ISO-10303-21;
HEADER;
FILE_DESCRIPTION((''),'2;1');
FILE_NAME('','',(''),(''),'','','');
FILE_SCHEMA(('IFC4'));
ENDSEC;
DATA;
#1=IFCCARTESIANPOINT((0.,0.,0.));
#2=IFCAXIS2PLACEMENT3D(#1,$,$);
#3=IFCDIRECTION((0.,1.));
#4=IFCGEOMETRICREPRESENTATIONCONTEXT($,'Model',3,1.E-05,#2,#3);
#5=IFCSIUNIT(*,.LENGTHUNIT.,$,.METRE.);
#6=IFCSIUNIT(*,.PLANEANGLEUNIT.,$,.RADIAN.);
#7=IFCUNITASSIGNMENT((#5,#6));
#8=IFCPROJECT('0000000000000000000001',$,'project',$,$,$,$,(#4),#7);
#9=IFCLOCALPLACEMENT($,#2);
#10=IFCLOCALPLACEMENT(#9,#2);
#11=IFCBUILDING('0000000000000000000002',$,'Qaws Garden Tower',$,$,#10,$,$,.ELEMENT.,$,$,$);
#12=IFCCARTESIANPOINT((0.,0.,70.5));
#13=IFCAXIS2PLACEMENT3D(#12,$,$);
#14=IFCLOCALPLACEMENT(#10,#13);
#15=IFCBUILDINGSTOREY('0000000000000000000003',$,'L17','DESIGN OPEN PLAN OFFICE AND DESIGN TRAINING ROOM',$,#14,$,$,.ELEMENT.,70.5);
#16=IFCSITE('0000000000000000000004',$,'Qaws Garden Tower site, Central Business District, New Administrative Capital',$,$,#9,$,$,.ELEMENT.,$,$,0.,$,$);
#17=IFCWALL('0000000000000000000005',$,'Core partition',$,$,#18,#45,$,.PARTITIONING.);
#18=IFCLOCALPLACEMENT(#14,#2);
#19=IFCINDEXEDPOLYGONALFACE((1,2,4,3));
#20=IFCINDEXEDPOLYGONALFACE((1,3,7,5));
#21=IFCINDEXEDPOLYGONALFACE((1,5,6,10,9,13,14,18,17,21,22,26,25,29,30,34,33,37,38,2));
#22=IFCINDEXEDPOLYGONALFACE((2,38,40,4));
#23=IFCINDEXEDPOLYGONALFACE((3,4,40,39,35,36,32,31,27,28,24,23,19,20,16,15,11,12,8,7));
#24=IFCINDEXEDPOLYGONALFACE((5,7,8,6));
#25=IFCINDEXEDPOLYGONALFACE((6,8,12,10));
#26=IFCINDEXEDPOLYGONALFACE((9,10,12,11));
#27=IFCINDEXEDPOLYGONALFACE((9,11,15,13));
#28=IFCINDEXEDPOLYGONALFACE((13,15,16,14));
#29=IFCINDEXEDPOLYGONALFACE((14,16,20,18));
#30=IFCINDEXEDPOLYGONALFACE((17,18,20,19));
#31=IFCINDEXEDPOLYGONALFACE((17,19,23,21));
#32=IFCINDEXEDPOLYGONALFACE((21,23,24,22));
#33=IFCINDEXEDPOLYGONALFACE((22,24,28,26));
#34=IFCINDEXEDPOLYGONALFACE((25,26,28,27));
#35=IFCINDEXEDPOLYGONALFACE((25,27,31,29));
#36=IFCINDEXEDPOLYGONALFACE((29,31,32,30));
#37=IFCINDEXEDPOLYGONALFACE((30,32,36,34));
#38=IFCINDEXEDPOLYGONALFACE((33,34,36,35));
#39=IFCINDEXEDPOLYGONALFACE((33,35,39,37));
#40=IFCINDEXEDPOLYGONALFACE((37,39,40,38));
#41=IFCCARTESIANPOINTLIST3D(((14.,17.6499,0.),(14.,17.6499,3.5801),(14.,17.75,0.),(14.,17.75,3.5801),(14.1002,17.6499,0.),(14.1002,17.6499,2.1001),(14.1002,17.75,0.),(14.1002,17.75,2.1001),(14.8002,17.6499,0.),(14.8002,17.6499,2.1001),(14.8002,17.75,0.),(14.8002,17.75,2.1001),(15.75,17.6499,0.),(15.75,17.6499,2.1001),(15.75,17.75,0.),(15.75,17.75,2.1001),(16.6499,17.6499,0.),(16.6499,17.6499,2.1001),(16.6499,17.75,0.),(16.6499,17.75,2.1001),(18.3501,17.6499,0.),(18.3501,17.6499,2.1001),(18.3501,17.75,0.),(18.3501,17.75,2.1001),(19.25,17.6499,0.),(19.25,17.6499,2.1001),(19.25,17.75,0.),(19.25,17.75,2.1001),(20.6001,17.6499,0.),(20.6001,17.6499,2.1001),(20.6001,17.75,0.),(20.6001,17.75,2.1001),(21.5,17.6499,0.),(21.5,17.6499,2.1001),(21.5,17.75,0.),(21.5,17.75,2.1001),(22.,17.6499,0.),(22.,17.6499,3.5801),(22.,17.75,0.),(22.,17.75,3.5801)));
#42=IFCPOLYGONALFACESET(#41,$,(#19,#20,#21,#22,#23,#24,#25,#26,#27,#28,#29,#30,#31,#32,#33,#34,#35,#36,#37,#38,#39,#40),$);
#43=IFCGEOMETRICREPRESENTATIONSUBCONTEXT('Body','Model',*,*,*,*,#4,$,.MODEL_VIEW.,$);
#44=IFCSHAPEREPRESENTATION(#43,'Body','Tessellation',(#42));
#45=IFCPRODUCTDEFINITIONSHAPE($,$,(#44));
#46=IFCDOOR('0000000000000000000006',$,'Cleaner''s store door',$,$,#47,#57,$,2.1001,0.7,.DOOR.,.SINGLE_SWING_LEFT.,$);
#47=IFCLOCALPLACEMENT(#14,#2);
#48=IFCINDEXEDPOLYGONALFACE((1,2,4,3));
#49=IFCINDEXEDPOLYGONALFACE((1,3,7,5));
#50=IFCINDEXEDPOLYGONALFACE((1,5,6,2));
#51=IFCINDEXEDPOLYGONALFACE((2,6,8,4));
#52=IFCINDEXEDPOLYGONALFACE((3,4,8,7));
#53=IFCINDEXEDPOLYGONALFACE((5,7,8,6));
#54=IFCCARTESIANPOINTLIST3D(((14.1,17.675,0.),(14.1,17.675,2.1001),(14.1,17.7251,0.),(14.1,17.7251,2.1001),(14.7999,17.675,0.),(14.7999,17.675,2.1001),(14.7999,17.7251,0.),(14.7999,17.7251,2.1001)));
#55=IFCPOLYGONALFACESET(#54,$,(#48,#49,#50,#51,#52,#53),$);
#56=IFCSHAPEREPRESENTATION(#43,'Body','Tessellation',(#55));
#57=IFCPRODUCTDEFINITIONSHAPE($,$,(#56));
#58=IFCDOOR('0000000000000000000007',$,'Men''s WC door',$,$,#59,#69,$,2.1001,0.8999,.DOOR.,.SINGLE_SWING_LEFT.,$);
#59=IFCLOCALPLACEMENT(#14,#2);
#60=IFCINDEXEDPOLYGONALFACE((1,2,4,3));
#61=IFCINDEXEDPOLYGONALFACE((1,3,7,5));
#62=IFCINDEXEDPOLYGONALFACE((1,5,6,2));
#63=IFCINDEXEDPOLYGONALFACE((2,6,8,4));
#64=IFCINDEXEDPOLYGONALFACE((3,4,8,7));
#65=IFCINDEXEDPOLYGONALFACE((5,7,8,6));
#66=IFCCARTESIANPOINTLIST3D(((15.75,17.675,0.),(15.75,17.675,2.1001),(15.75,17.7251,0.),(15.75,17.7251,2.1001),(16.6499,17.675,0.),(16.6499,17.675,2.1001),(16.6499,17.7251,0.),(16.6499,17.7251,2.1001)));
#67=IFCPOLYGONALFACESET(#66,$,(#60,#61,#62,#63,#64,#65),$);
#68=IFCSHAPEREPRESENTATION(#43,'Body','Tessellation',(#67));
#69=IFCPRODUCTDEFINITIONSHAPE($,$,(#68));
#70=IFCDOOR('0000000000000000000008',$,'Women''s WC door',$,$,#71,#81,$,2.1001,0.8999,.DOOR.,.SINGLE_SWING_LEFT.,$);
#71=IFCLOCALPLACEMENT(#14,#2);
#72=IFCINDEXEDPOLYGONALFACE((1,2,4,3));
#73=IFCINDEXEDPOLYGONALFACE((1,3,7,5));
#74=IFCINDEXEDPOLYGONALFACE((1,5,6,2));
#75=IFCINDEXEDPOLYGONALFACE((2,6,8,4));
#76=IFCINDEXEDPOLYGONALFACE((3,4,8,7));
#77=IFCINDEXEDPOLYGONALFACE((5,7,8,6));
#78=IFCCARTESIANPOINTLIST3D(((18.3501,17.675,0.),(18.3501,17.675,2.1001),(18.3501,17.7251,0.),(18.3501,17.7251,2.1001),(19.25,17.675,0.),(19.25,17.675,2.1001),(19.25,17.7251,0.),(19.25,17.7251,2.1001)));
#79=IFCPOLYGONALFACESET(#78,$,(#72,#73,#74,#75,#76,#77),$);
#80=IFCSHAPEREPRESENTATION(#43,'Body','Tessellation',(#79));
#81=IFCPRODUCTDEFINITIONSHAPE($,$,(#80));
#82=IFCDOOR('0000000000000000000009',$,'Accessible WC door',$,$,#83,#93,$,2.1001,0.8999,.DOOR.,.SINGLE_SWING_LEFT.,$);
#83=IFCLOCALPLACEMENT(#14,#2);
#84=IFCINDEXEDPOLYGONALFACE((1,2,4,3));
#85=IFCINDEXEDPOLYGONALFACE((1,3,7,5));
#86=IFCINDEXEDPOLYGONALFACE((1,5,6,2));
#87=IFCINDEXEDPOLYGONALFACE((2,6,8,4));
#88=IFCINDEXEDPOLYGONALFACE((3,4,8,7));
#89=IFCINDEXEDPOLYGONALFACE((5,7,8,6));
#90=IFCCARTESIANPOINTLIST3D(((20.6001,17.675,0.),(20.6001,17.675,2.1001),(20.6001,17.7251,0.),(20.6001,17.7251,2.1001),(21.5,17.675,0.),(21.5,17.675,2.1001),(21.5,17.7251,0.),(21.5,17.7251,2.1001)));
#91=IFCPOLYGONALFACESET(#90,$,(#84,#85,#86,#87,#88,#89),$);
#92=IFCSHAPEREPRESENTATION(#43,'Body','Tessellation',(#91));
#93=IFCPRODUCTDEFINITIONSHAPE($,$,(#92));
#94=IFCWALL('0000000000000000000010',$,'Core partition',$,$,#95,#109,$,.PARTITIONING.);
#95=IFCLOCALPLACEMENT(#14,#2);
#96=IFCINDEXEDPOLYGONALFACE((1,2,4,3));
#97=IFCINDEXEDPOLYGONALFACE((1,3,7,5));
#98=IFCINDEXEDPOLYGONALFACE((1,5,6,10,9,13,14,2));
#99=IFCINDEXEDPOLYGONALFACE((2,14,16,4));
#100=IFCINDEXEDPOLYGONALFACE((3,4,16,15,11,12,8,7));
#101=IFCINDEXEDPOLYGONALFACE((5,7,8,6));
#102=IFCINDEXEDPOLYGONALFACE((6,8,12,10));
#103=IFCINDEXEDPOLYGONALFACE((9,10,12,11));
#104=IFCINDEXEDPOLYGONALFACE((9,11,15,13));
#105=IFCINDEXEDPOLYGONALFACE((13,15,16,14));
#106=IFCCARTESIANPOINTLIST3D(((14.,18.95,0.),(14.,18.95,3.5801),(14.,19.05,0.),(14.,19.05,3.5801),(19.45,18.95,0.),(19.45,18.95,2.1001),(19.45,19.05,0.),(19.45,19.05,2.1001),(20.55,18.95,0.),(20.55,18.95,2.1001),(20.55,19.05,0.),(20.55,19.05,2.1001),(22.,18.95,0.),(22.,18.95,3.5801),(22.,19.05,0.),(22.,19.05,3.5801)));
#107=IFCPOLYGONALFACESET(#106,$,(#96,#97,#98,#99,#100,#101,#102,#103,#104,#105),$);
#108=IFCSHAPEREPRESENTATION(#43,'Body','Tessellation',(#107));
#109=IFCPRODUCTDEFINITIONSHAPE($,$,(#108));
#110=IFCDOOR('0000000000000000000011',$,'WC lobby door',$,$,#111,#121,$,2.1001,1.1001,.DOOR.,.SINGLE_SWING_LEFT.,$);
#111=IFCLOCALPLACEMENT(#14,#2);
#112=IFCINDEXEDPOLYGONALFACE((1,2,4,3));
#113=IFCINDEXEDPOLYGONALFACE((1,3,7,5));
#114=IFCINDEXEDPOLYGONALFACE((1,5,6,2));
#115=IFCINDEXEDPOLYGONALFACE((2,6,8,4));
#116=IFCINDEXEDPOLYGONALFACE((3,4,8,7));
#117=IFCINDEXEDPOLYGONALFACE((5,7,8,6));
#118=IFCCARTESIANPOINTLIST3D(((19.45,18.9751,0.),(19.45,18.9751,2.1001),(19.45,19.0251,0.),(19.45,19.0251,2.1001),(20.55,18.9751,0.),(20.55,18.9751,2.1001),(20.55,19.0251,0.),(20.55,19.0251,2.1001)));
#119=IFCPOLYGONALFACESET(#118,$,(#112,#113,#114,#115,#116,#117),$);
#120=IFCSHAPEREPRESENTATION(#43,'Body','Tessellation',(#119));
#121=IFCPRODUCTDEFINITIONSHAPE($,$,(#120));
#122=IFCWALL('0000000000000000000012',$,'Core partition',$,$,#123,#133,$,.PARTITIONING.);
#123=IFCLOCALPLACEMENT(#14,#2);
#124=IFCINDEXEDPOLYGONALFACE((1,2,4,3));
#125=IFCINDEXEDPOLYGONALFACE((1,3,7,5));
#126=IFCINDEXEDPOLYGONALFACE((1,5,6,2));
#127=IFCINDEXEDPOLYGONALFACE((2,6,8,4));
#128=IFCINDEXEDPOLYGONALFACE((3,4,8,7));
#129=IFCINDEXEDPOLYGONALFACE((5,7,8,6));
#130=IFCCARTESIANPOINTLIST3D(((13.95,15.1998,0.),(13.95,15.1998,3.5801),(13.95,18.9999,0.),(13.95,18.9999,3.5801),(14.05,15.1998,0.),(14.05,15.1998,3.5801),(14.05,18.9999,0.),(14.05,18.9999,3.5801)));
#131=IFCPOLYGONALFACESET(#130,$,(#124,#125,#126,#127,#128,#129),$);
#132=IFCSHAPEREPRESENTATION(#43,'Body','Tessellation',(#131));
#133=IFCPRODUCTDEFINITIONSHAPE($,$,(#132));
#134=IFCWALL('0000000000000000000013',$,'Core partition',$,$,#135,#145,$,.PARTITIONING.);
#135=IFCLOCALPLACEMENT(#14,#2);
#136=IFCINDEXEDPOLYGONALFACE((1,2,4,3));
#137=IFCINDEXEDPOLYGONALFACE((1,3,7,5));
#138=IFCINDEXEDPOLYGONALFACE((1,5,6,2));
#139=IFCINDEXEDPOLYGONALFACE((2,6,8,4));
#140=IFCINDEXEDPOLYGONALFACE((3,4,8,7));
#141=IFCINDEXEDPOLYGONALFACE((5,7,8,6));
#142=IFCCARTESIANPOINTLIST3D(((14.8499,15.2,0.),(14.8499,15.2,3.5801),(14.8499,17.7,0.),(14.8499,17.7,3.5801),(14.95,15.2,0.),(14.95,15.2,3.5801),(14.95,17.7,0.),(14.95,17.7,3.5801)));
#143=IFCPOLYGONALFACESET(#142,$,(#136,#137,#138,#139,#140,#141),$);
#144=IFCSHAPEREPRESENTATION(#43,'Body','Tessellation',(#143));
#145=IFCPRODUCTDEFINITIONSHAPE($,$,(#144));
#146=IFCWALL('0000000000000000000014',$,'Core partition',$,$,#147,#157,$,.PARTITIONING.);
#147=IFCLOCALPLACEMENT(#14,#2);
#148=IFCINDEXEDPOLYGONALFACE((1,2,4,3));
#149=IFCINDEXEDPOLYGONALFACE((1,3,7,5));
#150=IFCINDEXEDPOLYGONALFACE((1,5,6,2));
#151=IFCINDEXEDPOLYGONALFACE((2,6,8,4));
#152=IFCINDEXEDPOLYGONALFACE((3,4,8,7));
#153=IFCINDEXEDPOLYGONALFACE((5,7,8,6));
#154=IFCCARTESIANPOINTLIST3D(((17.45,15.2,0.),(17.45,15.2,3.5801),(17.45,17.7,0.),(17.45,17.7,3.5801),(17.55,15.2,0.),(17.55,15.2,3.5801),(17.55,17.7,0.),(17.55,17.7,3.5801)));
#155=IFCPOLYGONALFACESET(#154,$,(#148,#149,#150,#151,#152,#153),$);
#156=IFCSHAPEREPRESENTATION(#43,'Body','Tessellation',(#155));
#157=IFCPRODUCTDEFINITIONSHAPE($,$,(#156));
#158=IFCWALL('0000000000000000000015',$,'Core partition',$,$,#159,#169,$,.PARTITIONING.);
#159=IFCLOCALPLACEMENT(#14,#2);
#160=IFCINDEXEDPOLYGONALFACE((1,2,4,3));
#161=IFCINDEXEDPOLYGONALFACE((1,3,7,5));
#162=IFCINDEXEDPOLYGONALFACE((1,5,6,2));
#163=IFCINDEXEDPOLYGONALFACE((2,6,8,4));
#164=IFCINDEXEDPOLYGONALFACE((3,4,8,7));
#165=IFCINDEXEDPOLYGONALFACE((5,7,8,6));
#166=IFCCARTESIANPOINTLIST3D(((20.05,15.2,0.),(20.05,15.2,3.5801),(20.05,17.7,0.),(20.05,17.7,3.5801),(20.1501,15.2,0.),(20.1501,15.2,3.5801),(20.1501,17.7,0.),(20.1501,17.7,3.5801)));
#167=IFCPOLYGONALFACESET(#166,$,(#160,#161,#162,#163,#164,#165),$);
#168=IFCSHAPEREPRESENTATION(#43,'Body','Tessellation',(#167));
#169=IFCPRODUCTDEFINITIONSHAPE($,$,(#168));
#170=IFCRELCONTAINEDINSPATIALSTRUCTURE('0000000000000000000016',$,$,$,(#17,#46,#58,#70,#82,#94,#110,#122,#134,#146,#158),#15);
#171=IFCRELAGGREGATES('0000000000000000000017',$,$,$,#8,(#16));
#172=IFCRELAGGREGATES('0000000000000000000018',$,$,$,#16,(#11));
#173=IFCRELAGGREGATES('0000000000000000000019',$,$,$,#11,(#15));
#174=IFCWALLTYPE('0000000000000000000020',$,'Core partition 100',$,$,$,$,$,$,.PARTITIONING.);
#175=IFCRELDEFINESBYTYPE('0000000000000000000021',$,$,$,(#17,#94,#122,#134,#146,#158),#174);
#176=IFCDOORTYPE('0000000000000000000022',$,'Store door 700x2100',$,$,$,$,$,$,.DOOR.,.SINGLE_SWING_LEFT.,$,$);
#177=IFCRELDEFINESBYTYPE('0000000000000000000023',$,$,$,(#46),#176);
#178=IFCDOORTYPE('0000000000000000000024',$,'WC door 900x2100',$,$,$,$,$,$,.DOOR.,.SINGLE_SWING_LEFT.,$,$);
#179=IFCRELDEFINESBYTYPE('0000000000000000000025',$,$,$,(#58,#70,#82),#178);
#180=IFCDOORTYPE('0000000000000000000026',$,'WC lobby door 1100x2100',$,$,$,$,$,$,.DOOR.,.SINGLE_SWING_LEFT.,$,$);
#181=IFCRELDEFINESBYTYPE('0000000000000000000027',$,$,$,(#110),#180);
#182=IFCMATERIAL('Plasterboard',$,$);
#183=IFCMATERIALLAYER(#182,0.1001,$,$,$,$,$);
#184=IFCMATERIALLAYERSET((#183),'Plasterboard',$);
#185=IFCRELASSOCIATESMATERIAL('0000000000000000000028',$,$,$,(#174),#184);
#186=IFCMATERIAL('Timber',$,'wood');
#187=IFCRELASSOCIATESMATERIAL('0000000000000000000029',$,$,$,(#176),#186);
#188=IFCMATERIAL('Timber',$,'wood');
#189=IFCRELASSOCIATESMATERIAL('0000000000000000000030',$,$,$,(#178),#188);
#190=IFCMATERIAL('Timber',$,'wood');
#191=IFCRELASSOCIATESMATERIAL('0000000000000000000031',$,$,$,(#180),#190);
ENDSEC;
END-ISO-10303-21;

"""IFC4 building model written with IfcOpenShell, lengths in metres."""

from ifc_helpers import new_model, si_unit, direction, frame, frame_2d, origin, place, context, subcontext, project, spatial, rectangle, extrude, material, layer, layer_set, type_object, element, fill, save


model = new_model("IFC4")

# Units and contexts
model_context = context("Model", 3, precision=1e-05, world=origin(), true_north=direction((0.0, 1.0)))
body_context = subcontext(model_context, "Body", "Model", "MODEL_VIEW")
ifc_project = project(units=[si_unit("LENGTHUNIT", "METRE"), si_unit("PLANEANGLEUNIT", "RADIAN")], contexts=[model_context])

# Site, building, storey
site_placement = place(None, origin())
site = spatial("IfcSite", under=ifc_project, at=site_placement, Name="Qaws Garden Tower site, Central Business District, New Administrative Capital", CompositionType="ELEMENT", RefElevation=0.0)
building_placement = place(site_placement, origin())
building = spatial("IfcBuilding", under=site, at=building_placement, Name="Qaws Garden Tower", CompositionType="ELEMENT")
storey_placement = place(building_placement, frame((0.0, 0.0, 70.5)))
storey = spatial("IfcBuildingStorey", under=building, at=storey_placement, Name="L17", Description="DESIGN OPEN PLAN OFFICE AND DESIGN TRAINING ROOM", CompositionType="ELEMENT", Elevation=70.5)

# Wall, openings, doors
ifc_material_1 = material(Name="Plasterboard")
ifc_layer_1 = layer(ifc_material_1, 0.1001)
ifc_layer_set_1 = layer_set([ifc_layer_1], Name="Plasterboard")
wall_type_1 = type_object("IfcWallType", Name="Core partition 100", PredefinedType="PARTITIONING", material=ifc_layer_set_1)
wall_1_placement = place(storey_placement, frame((14.0, 17.7, 0.0), z_axis=(0.0, 0.0, 1.0), x_axis=(1.0, 0.0, 0.0)))
wall_1 = element("IfcWall", 1, at=wall_1_placement, inside=storey, type_object=wall_type_1, Name="Core partition", PredefinedType="PARTITIONING", context=body_context, shape_type="SweptSolid", body=[
    extrude(rectangle(XDim=8.0, YDim=0.1001, at=frame_2d((4.0, 0.0))), origin(), (0.0, 0.0, 1.0), 3.5801),
])
opening_1_placement = place(wall_1_placement, frame((0.1001, 0.0, 0.0)))
opening_1 = element("IfcOpeningElement", 2, at=opening_1_placement, cuts=wall_1, PredefinedType="OPENING", context=body_context, shape_type="SweptSolid", body=[
    extrude(rectangle(XDim=0.7, YDim=2.1001, at=frame_2d((0.3501, 1.05))), frame((0.0, 0.0601, 0.0), z_axis=(0.0, -1.0, 0.0), x_axis=(1.0, 0.0, 0.0)), (0.0, 0.0, 1.0), 0.1201),
])
opening_2_placement = place(wall_1_placement, frame((1.75, 0.0, 0.0)))
opening_2 = element("IfcOpeningElement", 3, at=opening_2_placement, cuts=wall_1, PredefinedType="OPENING", context=body_context, shape_type="SweptSolid", body=[
    extrude(rectangle(XDim=0.8999, YDim=2.1001, at=frame_2d((0.45, 1.05))), frame((0.0, 0.0601, 0.0), z_axis=(0.0, -1.0, 0.0), x_axis=(1.0, 0.0, 0.0)), (0.0, 0.0, 1.0), 0.1201),
])
opening_3_placement = place(wall_1_placement, frame((4.3501, 0.0, 0.0)))
opening_3 = element("IfcOpeningElement", 4, at=opening_3_placement, cuts=wall_1, PredefinedType="OPENING", context=body_context, shape_type="SweptSolid", body=[
    extrude(rectangle(XDim=0.8999, YDim=2.1001, at=frame_2d((0.45, 1.05))), frame((0.0, 0.0601, 0.0), z_axis=(0.0, -1.0, 0.0), x_axis=(1.0, 0.0, 0.0)), (0.0, 0.0, 1.0), 0.1201),
])
opening_4_placement = place(wall_1_placement, frame((6.6001, 0.0, 0.0)))
opening_4 = element("IfcOpeningElement", 5, at=opening_4_placement, cuts=wall_1, PredefinedType="OPENING", context=body_context, shape_type="SweptSolid", body=[
    extrude(rectangle(XDim=0.8999, YDim=2.1001, at=frame_2d((0.45, 1.05))), frame((0.0, 0.0601, 0.0), z_axis=(0.0, -1.0, 0.0), x_axis=(1.0, 0.0, 0.0)), (0.0, 0.0, 1.0), 0.1201),
])
ifc_material_2 = material(Name="Timber", Category="wood")
door_type_1 = type_object("IfcDoorType", Name="Store door 700x2100", OperationType="SINGLE_SWING_LEFT", PredefinedType="DOOR", material=ifc_material_2)
door_1_placement = place(opening_1_placement, frame((0.7, 0.0, 0.0), z_axis=(0.0, 0.0, 1.0), x_axis=(-1.0, 0.0, 0.0)))
door_1 = element("IfcDoor", 6, at=door_1_placement, inside=storey, type_object=door_type_1, Name="Cleaner's store door", OperationType="SINGLE_SWING_LEFT", OverallHeight=2.1001, OverallWidth=0.7, PredefinedType="DOOR", context=body_context, shape_type="SweptSolid", body=[
    extrude(rectangle(XDim=0.7, YDim=2.1001, at=frame_2d((0.3501, 1.05))), frame((0.0, 0.0249, 0.0), z_axis=(0.0, -1.0, 0.0), x_axis=(1.0, 0.0, 0.0)), (0.0, 0.0, 1.0), 0.05),
])
fill(opening_1, door_1)
ifc_material_3 = material(Name="Timber", Category="wood")
door_type_2 = type_object("IfcDoorType", Name="WC door 900x2100", OperationType="SINGLE_SWING_LEFT", PredefinedType="DOOR", material=ifc_material_3)
door_2_placement = place(opening_2_placement, frame((0.8999, 0.0, 0.0), z_axis=(0.0, 0.0, 1.0), x_axis=(-1.0, 0.0, 0.0)))
door_2 = element("IfcDoor", 7, at=door_2_placement, inside=storey, type_object=door_type_2, Name="Men's WC door", OperationType="SINGLE_SWING_LEFT", OverallHeight=2.1001, OverallWidth=0.8999, PredefinedType="DOOR", context=body_context, shape_type="SweptSolid", body=[
    extrude(rectangle(XDim=0.8999, YDim=2.1001, at=frame_2d((0.45, 1.05))), frame((0.0, 0.0249, 0.0), z_axis=(0.0, -1.0, 0.0), x_axis=(1.0, 0.0, 0.0)), (0.0, 0.0, 1.0), 0.05),
])
fill(opening_2, door_2)
door_3_placement = place(opening_3_placement, frame((0.8999, 0.0, 0.0), z_axis=(0.0, 0.0, 1.0), x_axis=(-1.0, 0.0, 0.0)))
door_3 = element("IfcDoor", 8, at=door_3_placement, inside=storey, type_object=door_type_2, Name="Women's WC door", OperationType="SINGLE_SWING_LEFT", OverallHeight=2.1001, OverallWidth=0.8999, PredefinedType="DOOR", context=body_context, shape_type="SweptSolid", body=[
    extrude(rectangle(XDim=0.8999, YDim=2.1001, at=frame_2d((0.45, 1.05))), frame((0.0, 0.0249, 0.0), z_axis=(0.0, -1.0, 0.0), x_axis=(1.0, 0.0, 0.0)), (0.0, 0.0, 1.0), 0.05),
])
fill(opening_3, door_3)
door_4_placement = place(opening_4_placement, frame((0.8999, 0.0, 0.0), z_axis=(0.0, 0.0, 1.0), x_axis=(-1.0, 0.0, 0.0)))
door_4 = element("IfcDoor", 9, at=door_4_placement, inside=storey, type_object=door_type_2, Name="Accessible WC door", OperationType="SINGLE_SWING_LEFT", OverallHeight=2.1001, OverallWidth=0.8999, PredefinedType="DOOR", context=body_context, shape_type="SweptSolid", body=[
    extrude(rectangle(XDim=0.8999, YDim=2.1001, at=frame_2d((0.45, 1.05))), frame((0.0, 0.0249, 0.0), z_axis=(0.0, -1.0, 0.0), x_axis=(1.0, 0.0, 0.0)), (0.0, 0.0, 1.0), 0.05),
])
fill(opening_4, door_4)

# Wall, opening, door
wall_2_placement = place(storey_placement, frame((14.0, 19.0, 0.0), z_axis=(0.0, 0.0, 1.0), x_axis=(1.0, 0.0, 0.0)))
wall_2 = element("IfcWall", 10, at=wall_2_placement, inside=storey, type_object=wall_type_1, Name="Core partition", PredefinedType="PARTITIONING", context=body_context, shape_type="SweptSolid", body=[
    extrude(rectangle(XDim=8.0, YDim=0.1001, at=frame_2d((4.0, 0.0))), origin(), (0.0, 0.0, 1.0), 3.5801),
])
opening_5_placement = place(wall_2_placement, frame((5.45, 0.0, 0.0)))
opening_5 = element("IfcOpeningElement", 11, at=opening_5_placement, cuts=wall_2, PredefinedType="OPENING", context=body_context, shape_type="SweptSolid", body=[
    extrude(rectangle(XDim=1.1001, YDim=2.1001, at=frame_2d((0.55, 1.05))), frame((0.0, 0.0601, 0.0), z_axis=(0.0, -1.0, 0.0), x_axis=(1.0, 0.0, 0.0)), (0.0, 0.0, 1.0), 0.1201),
])
ifc_material_4 = material(Name="Timber", Category="wood")
door_type_3 = type_object("IfcDoorType", Name="WC lobby door 1100x2100", OperationType="SINGLE_SWING_LEFT", PredefinedType="DOOR", material=ifc_material_4)
door_5_placement = place(opening_5_placement, frame((1.1001, 0.0, 0.0), z_axis=(0.0, 0.0, 1.0), x_axis=(-1.0, 0.0, 0.0)))
door_5 = element("IfcDoor", 12, at=door_5_placement, inside=storey, type_object=door_type_3, Name="WC lobby door", OperationType="SINGLE_SWING_LEFT", OverallHeight=2.1001, OverallWidth=1.1001, PredefinedType="DOOR", context=body_context, shape_type="SweptSolid", body=[
    extrude(rectangle(XDim=1.1001, YDim=2.1001, at=frame_2d((0.55, 1.05))), frame((0.0, 0.0249, 0.0), z_axis=(0.0, -1.0, 0.0), x_axis=(1.0, 0.0, 0.0)), (0.0, 0.0, 1.0), 0.05),
])
fill(opening_5, door_5)

# Walls
wall_3_placement = place(storey_placement, frame((14.0, 15.2, 0.0), z_axis=(0.0, 0.0, 1.0), x_axis=(0.0, 1.0, 0.0)))
element("IfcWall", 13, at=wall_3_placement, inside=storey, type_object=wall_type_1, Name="Core partition", PredefinedType="PARTITIONING", context=body_context, shape_type="SweptSolid", body=[
    extrude(rectangle(XDim=3.8, YDim=0.1001, at=frame_2d((1.8999, 0.0))), origin(), (0.0, 0.0, 1.0), 3.5801),
])
for number, where, z_axis, x_axis, name in (
    (14, (14.8999, 15.2, 0.0), (0.0, 0.0, 1.0), (0.0, 1.0, 0.0), "Core partition"),
    (15, (17.5, 15.2, 0.0), (0.0, 0.0, 1.0), (0.0, 1.0, 0.0), "Core partition"),
    (16, (20.1001, 15.2, 0.0), (0.0, 0.0, 1.0), (0.0, 1.0, 0.0), "Core partition"),
):
    element("IfcWall", number, at=place(storey_placement, frame(where, z_axis=z_axis, x_axis=x_axis)), inside=storey, type_object=wall_type_1, Name=name, PredefinedType="PARTITIONING", context=body_context, shape_type="SweptSolid", body=[
        extrude(rectangle(XDim=2.5, YDim=0.1001, at=frame_2d((1.25, 0.0))), origin(), (0.0, 0.0, 1.0), 3.5801),
    ])

save(model, "model.ifc")
